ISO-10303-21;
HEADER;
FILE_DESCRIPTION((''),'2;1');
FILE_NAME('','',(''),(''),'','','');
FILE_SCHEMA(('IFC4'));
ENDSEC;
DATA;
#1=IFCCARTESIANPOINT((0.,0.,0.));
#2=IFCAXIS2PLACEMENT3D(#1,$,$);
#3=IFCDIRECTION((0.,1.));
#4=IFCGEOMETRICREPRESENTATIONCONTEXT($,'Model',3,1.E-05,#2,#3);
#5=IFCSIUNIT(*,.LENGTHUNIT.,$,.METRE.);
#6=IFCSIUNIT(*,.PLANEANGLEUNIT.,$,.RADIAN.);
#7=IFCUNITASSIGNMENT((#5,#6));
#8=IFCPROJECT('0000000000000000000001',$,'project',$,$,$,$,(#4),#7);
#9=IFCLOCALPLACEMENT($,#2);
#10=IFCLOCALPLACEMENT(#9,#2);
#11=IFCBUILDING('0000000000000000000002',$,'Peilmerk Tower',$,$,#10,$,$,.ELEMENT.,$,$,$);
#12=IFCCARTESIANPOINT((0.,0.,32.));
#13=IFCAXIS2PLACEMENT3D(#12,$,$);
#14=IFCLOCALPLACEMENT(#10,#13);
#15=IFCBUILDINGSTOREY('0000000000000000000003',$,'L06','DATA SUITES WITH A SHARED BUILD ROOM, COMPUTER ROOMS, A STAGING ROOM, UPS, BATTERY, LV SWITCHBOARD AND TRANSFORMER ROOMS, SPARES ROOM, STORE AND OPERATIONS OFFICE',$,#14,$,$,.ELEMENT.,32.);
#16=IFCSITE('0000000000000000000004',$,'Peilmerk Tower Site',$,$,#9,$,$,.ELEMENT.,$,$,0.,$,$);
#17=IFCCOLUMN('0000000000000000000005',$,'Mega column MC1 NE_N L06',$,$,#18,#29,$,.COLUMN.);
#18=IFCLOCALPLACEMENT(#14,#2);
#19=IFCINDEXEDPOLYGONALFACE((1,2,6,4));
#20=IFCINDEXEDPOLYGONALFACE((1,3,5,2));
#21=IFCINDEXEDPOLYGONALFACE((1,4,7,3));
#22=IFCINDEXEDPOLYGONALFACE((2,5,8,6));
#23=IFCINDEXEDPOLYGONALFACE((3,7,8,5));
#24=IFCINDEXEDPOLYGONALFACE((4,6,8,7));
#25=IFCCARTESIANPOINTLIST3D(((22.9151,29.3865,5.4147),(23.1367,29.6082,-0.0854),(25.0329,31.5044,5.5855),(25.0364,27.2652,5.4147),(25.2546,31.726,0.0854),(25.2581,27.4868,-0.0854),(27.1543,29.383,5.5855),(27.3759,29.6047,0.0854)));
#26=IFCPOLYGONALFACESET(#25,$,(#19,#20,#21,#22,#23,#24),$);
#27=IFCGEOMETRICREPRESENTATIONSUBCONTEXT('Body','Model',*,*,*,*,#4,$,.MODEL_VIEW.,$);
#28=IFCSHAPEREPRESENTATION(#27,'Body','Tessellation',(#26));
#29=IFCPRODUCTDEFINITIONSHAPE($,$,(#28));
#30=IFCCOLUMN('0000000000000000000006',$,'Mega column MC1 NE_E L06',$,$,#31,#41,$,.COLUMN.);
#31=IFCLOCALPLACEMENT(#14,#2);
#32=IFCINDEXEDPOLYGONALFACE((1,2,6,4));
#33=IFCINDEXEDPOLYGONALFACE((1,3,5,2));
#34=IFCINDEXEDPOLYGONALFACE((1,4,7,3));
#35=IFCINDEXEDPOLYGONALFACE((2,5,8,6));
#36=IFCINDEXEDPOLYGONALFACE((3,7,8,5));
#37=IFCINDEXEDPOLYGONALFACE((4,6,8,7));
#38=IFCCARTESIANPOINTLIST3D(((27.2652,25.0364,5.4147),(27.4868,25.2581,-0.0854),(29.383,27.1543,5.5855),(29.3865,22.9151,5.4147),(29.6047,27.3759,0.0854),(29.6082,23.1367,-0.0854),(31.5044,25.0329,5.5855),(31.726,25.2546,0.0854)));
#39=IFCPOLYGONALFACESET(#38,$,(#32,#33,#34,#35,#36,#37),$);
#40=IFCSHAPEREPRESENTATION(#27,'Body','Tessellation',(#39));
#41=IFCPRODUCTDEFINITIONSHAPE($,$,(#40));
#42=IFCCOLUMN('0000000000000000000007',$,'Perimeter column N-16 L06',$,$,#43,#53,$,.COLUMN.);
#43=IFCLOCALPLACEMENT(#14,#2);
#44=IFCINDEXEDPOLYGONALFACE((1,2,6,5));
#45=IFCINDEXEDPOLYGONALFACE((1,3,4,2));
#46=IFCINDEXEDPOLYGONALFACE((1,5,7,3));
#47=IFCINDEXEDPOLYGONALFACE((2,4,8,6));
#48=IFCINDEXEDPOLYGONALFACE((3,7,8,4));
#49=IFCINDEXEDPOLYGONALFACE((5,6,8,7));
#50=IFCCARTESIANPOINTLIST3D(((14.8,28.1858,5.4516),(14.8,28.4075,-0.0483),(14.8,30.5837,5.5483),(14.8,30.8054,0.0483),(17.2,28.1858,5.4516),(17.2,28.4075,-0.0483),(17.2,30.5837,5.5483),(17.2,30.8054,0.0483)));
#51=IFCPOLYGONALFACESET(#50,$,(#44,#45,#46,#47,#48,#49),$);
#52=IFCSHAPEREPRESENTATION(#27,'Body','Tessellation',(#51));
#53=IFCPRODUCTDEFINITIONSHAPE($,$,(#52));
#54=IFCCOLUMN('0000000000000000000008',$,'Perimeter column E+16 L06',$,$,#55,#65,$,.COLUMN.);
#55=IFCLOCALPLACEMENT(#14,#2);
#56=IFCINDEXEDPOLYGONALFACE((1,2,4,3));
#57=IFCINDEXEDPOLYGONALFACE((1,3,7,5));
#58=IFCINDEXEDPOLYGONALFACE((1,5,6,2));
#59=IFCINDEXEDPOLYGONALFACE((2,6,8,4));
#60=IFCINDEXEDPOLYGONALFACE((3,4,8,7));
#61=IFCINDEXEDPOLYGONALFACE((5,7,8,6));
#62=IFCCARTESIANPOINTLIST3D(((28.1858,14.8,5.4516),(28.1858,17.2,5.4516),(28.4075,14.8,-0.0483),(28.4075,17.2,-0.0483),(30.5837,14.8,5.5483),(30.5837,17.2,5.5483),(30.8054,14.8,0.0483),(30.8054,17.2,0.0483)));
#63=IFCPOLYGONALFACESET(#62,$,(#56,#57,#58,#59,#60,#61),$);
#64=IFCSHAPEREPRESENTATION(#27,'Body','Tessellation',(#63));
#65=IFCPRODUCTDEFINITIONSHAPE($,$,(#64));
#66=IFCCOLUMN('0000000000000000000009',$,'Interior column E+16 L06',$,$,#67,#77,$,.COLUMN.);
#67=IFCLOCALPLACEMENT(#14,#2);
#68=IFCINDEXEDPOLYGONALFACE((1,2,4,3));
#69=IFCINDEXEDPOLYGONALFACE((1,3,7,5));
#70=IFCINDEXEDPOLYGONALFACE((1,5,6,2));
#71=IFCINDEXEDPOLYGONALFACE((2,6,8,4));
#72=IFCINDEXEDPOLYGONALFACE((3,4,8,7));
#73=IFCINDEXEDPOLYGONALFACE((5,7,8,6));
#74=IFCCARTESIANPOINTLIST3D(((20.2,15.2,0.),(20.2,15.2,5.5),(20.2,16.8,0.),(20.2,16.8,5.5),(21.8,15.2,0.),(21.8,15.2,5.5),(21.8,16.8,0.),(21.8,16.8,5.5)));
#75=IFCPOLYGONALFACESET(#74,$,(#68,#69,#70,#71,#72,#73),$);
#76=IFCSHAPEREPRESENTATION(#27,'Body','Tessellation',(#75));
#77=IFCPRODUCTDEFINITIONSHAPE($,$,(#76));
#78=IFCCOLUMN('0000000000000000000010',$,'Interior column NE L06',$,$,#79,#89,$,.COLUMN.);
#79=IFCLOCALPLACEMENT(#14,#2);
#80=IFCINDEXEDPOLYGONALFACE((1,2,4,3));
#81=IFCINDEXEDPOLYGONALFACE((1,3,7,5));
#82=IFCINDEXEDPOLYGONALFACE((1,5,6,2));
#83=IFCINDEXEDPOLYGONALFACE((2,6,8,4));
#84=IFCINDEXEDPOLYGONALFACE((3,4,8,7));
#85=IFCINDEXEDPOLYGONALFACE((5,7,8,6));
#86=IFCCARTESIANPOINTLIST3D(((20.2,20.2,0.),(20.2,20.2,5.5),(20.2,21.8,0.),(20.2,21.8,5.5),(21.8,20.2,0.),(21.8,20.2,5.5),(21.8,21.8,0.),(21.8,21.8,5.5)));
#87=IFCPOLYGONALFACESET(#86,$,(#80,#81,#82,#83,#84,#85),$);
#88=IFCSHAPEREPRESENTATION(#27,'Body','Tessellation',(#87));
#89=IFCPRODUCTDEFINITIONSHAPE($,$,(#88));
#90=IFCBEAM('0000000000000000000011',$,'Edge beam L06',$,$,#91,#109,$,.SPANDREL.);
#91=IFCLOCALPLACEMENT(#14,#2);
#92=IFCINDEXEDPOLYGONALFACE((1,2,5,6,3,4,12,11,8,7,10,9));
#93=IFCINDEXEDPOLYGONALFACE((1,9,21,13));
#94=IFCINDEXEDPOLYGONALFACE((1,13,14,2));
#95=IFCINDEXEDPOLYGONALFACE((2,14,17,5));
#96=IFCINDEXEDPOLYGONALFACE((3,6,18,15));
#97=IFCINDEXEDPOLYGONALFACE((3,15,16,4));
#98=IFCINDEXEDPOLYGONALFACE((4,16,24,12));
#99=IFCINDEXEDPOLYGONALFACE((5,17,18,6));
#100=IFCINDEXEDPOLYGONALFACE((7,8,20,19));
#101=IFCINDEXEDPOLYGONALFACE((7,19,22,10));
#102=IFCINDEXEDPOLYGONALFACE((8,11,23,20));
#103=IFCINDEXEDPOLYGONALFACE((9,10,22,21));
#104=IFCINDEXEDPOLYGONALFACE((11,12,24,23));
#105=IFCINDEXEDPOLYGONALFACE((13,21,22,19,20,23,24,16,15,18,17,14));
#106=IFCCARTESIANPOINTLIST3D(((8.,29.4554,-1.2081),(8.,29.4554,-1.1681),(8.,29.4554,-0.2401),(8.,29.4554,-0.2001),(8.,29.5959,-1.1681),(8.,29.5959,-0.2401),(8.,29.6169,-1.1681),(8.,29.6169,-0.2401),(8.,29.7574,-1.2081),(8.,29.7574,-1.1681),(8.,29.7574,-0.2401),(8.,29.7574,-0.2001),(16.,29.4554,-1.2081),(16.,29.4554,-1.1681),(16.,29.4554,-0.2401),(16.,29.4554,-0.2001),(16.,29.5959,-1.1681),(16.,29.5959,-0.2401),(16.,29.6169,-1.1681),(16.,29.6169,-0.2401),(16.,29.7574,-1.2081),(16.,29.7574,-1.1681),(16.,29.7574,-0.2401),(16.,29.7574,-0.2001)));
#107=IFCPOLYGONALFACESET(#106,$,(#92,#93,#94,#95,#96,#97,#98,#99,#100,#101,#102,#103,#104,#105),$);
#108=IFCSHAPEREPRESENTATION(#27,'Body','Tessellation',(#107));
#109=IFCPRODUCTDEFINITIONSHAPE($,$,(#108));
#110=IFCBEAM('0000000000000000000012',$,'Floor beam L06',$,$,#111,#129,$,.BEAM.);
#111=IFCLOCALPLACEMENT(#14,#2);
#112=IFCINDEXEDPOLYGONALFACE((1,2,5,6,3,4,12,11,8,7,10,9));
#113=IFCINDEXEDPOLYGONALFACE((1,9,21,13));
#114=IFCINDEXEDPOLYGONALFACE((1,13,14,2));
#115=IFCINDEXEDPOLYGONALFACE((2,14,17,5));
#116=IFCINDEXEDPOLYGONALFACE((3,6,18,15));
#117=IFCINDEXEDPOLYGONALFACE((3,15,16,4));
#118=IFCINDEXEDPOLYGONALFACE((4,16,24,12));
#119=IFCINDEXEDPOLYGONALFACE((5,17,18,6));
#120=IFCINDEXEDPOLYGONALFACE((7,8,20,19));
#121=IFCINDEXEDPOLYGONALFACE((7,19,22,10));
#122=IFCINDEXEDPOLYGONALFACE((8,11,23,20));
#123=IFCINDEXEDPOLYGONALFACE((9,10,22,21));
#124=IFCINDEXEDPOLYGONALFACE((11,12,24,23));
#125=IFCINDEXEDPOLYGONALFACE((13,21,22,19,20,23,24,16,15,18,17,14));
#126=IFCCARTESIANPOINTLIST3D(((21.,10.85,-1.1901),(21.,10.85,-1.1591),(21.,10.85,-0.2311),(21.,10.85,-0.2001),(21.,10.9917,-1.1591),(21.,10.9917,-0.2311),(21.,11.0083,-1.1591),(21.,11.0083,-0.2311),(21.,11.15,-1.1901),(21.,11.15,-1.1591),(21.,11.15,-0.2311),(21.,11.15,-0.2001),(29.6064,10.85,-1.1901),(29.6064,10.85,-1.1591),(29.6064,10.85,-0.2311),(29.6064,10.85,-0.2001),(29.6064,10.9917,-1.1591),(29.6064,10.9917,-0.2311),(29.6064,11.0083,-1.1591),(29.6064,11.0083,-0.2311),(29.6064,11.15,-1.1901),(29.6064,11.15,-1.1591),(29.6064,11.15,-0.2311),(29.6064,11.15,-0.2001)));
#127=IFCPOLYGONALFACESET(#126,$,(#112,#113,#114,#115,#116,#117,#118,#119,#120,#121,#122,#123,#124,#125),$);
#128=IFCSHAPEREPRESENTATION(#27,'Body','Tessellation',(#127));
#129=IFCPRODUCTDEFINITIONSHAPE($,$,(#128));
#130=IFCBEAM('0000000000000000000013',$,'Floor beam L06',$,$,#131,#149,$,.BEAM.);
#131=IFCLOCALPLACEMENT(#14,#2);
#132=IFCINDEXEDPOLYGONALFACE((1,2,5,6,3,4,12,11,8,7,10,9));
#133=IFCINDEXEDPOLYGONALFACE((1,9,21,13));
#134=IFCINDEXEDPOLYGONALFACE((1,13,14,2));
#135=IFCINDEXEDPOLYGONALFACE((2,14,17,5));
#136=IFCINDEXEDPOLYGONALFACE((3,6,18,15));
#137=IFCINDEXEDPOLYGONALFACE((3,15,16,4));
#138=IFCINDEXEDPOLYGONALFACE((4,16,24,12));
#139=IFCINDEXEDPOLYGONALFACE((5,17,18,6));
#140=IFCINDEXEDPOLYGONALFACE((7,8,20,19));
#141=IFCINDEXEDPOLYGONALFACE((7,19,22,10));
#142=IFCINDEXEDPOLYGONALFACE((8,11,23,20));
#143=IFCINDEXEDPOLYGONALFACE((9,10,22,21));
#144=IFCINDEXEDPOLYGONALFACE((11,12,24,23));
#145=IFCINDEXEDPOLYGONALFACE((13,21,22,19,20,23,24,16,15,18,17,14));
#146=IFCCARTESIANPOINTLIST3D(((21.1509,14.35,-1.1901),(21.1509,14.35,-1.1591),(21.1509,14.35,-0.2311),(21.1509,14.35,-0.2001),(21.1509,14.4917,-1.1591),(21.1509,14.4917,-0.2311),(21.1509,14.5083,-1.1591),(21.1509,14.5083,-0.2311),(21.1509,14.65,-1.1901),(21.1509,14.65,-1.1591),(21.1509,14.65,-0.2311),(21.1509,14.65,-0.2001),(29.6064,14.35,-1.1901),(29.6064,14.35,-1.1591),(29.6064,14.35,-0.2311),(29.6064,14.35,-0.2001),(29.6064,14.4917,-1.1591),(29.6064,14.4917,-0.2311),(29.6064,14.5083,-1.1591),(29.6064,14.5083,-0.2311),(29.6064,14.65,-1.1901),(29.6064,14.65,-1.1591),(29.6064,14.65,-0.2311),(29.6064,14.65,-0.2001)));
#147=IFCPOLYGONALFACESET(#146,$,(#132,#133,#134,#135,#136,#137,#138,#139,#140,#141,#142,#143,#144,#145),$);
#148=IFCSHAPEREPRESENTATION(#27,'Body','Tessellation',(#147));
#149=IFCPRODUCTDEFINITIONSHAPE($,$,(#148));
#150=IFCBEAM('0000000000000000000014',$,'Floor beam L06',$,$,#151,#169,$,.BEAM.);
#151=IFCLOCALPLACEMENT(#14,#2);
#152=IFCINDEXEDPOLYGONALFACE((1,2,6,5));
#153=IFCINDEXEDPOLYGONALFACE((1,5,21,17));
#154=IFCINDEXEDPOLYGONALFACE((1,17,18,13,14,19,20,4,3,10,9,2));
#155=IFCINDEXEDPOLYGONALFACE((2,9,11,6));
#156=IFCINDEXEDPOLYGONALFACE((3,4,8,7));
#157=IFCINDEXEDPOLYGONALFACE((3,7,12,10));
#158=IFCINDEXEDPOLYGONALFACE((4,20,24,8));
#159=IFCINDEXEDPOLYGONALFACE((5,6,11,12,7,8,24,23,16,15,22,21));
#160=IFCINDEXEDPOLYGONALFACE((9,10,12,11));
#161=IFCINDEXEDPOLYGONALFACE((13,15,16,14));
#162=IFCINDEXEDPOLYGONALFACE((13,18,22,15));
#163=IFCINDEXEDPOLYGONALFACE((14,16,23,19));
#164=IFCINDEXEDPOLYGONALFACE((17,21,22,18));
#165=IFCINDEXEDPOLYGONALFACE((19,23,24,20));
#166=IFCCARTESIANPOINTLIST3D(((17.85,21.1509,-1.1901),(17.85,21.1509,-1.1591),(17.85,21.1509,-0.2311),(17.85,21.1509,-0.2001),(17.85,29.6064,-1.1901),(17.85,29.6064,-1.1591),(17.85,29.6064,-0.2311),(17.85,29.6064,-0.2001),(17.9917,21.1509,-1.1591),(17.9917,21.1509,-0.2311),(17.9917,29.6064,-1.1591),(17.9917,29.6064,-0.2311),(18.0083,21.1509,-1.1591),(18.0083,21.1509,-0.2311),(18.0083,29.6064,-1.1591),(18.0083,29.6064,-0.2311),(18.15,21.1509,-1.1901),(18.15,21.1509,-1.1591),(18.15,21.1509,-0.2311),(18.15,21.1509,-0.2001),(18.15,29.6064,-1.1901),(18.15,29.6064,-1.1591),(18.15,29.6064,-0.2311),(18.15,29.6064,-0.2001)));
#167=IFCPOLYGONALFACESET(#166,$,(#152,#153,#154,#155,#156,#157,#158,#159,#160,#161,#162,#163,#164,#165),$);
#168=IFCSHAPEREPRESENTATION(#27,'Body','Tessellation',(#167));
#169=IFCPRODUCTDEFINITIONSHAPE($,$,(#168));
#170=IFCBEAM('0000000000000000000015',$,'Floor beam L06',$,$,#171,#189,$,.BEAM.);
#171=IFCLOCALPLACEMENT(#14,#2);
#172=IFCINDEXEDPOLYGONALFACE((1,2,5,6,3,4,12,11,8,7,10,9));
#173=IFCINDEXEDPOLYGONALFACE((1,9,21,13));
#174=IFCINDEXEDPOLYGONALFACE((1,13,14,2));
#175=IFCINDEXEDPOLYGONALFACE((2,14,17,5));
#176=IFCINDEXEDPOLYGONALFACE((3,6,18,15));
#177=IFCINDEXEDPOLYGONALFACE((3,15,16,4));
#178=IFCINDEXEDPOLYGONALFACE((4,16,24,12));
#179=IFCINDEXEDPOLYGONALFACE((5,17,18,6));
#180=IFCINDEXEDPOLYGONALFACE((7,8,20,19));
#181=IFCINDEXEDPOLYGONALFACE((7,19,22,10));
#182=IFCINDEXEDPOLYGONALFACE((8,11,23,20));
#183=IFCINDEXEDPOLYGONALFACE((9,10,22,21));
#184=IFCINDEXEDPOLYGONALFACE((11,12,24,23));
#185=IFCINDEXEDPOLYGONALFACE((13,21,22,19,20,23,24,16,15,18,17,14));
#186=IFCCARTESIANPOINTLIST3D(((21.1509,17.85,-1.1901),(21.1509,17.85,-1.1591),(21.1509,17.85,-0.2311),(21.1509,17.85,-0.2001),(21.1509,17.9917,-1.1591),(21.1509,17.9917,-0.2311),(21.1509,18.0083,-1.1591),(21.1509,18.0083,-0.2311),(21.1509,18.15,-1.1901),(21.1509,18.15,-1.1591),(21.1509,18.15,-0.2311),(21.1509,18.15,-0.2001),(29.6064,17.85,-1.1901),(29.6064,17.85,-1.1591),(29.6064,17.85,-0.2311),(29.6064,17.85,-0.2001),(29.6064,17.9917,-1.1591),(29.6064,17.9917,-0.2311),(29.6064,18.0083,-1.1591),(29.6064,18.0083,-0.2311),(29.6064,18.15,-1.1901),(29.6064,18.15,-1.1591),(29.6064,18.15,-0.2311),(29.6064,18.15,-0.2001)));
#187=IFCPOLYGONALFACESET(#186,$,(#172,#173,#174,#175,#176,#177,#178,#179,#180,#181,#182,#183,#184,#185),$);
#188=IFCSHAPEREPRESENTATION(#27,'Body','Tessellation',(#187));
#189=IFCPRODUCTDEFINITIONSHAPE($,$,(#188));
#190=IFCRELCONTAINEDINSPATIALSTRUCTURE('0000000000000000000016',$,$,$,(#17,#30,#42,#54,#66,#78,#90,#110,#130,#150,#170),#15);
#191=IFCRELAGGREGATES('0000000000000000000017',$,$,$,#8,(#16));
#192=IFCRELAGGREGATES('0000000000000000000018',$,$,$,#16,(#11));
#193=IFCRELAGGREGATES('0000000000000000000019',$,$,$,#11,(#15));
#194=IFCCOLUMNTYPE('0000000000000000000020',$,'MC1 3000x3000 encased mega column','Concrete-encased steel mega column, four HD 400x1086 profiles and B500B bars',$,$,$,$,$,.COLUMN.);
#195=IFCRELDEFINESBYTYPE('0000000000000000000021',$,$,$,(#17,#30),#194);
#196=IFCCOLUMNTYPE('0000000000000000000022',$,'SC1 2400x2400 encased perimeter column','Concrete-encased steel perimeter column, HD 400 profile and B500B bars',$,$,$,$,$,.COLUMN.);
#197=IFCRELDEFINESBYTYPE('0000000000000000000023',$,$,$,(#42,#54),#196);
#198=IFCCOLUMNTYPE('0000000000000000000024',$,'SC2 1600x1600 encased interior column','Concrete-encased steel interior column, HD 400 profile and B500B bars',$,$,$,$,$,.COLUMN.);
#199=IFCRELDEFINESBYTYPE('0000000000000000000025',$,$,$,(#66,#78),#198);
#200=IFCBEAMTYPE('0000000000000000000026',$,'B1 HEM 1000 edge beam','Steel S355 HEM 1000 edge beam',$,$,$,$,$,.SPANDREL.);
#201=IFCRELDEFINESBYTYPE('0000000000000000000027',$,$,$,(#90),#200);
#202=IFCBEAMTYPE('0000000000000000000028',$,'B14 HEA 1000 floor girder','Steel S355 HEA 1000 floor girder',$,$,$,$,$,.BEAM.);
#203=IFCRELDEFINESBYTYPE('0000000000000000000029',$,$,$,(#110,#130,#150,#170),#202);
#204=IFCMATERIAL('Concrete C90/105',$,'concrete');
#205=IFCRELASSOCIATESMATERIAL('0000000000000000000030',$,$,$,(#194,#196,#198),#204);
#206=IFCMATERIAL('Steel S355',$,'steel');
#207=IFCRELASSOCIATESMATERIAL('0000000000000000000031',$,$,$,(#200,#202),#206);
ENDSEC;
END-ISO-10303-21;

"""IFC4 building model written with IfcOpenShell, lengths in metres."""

from ifc_helpers import new_model, si_unit, direction, frame, origin, origin_2d, place, context, subcontext, project, spatial, rectangle, i_section, extrude, material, material_profile, profile_set, type_object, element, save


model = new_model("IFC4")

# Units and contexts
model_context = context("Model", 3, precision=1e-05, world=origin(), true_north=direction((0.0, 1.0)))
body_context = subcontext(model_context, "Body", "Model", "MODEL_VIEW")
ifc_project = project(units=[si_unit("LENGTHUNIT", "METRE"), si_unit("PLANEANGLEUNIT", "RADIAN")], contexts=[model_context])

# Site, building, storey
site_placement = place(None, origin())
site = spatial("IfcSite", under=ifc_project, at=site_placement, Name="Peilmerk Tower Site", CompositionType="ELEMENT", RefElevation=0.0)
building_placement = place(site_placement, origin())
building = spatial("IfcBuilding", under=site, at=building_placement, Name="Peilmerk Tower", CompositionType="ELEMENT")
storey_placement = place(building_placement, frame((0.0, 0.0, 32.0)))
storey = spatial("IfcBuildingStorey", under=building, at=storey_placement, Name="L06", Description="DATA SUITES WITH A SHARED BUILD ROOM, COMPUTER ROOMS, A STAGING ROOM, UPS, BATTERY, LV SWITCHBOARD AND TRANSFORMER ROOMS, SPARES ROOM, STORE AND OPERATIONS OFFICE", CompositionType="ELEMENT", Elevation=32.0)

# Columns
ifc_material_1 = material(Name="Concrete C90/105", Category="concrete")
ifc_material_profile_1 = material_profile(ifc_material_1, rectangle(XDim=3.0, YDim=3.0, at=origin_2d()), Name="RC 3000x3000")
ifc_profile_set_1 = profile_set([ifc_material_profile_1], Name="Concrete C90/105")
column_type_1 = type_object("IfcColumnType", Name="MC1 3000x3000 encased mega column", Description="Concrete-encased steel mega column, four HD 400x1086 profiles and B500B bars", PredefinedType="COLUMN", material=ifc_profile_set_1)
for number, where, z_axis, x_axis, name in (
    (1, (25.2563, 29.6064, 0.0), (-0.04024, -0.04024, 0.998379), (0.707107, -0.707107, 0.0), "Mega column MC1 NE_N L06"),
    (2, (29.6064, 25.2563, 0.0), (-0.04024, -0.04024, 0.998379), (0.707107, -0.707107, 0.0), "Mega column MC1 NE_E L06"),
):
    element("IfcColumn", number, at=place(storey_placement, frame(where, z_axis=z_axis, x_axis=x_axis)), inside=storey, type_object=column_type_1, Name=name, PredefinedType="COLUMN", context=body_context, shape_type="SweptSolid", body=[
        extrude(rectangle(XDim=3.0, YDim=3.0, at=origin_2d()), origin(), (0.0, 0.0, 1.0), 5.509),
    ])
ifc_material_profile_2 = material_profile(ifc_material_1, rectangle(XDim=2.3999, YDim=2.3999, at=origin_2d()), Name="RC 2400x2400")
ifc_profile_set_2 = profile_set([ifc_material_profile_2], Name="Concrete C90/105")
column_type_2 = type_object("IfcColumnType", Name="SC1 2400x2400 encased perimeter column", Description="Concrete-encased steel perimeter column, HD 400 profile and B500B bars", PredefinedType="COLUMN", material=ifc_profile_set_2)
for number, where, z_axis, x_axis, name in (
    (3, (16.0, 29.6064, 0.0), (0.0, -0.040273, 0.999189), (1.0, 0.0, 0.0), "Perimeter column N-16 L06"),
    (4, (29.6064, 16.0, 0.0), (-0.040273, 0.0, 0.999189), (0.0, -1.0, 0.0), "Perimeter column E+16 L06"),
):
    element("IfcColumn", number, at=place(storey_placement, frame(where, z_axis=z_axis, x_axis=x_axis)), inside=storey, type_object=column_type_2, Name=name, PredefinedType="COLUMN", context=body_context, shape_type="SweptSolid", body=[
        extrude(rectangle(XDim=2.3999, YDim=2.3999, at=origin_2d()), origin(), (0.0, 0.0, 1.0), 5.5044),
    ])
ifc_material_profile_3 = material_profile(ifc_material_1, rectangle(XDim=1.6001, YDim=1.6001, at=origin_2d()), Name="RC 1600x1600")
ifc_profile_set_3 = profile_set([ifc_material_profile_3], Name="Concrete C90/105")
column_type_3 = type_object("IfcColumnType", Name="SC2 1600x1600 encased interior column", Description="Concrete-encased steel interior column, HD 400 profile and B500B bars", PredefinedType="COLUMN", material=ifc_profile_set_3)
for number, where, z_axis, x_axis, name in (
    (5, (21.0, 16.0, 0.0), (0.0, 0.0, 1.0), (1.0, 0.0, 0.0), "Interior column E+16 L06"),
    (6, (21.0, 21.0, 0.0), (0.0, 0.0, 1.0), (1.0, 0.0, 0.0), "Interior column NE L06"),
):
    element("IfcColumn", number, at=place(storey_placement, frame(where, z_axis=z_axis, x_axis=x_axis)), inside=storey, type_object=column_type_3, Name=name, PredefinedType="COLUMN", context=body_context, shape_type="SweptSolid", body=[
        extrude(rectangle(XDim=1.6001, YDim=1.6001, at=origin_2d()), origin(), (0.0, 0.0, 1.0), 5.5),
    ])

# Beams
ifc_material_2 = material(Name="Steel S355", Category="steel")
ifc_material_profile_4 = material_profile(ifc_material_2, i_section(OverallWidth=0.302, OverallDepth=1.0081, WebThickness=0.021, FlangeThickness=0.04, at=origin_2d()), Name="HEM 1000")
ifc_profile_set_4 = profile_set([ifc_material_profile_4], Name="Steel S355")
beam_type_1 = type_object("IfcBeamType", Name="B1 HEM 1000 edge beam", Description="Steel S355 HEM 1000 edge beam", PredefinedType="SPANDREL", material=ifc_profile_set_4)
beam_1_placement = place(storey_placement, frame((16.0, 29.6064, -0.7041), z_axis=(-1.0, 0.0, 0.0), x_axis=(0.0, -1.0, 0.0)))
element("IfcBeam", 7, at=beam_1_placement, inside=storey, type_object=beam_type_1, Name="Edge beam L06", PredefinedType="SPANDREL", context=body_context, shape_type="SweptSolid", body=[
    extrude(i_section(OverallWidth=0.302, OverallDepth=1.0081, WebThickness=0.021, FlangeThickness=0.04, at=origin_2d()), origin(), (0.0, 0.0, 1.0), 8.0),
])
ifc_material_profile_5 = material_profile(ifc_material_2, i_section(OverallWidth=0.3, OverallDepth=0.99, WebThickness=0.0166, FlangeThickness=0.031, at=origin_2d()), Name="HEA 1000")
ifc_profile_set_5 = profile_set([ifc_material_profile_5], Name="Steel S355")
beam_type_2 = type_object("IfcBeamType", Name="B14 HEA 1000 floor girder", Description="Steel S355 HEA 1000 floor girder", PredefinedType="BEAM", material=ifc_profile_set_5)
beam_2_placement = place(storey_placement, frame((21.0, 11.0, -0.6951), z_axis=(1.0, 0.0, 0.0), x_axis=(0.0, 1.0, 0.0)))
element("IfcBeam", 8, at=beam_2_placement, inside=storey, type_object=beam_type_2, Name="Floor beam L06", PredefinedType="BEAM", context=body_context, shape_type="SweptSolid", body=[
    extrude(i_section(OverallWidth=0.3, OverallDepth=0.99, WebThickness=0.0166, FlangeThickness=0.031, at=origin_2d()), origin(), (0.0, 0.0, 1.0), 8.6064),
])
for number, where, z_axis, x_axis, name in (
    (9, (21.1509, 14.5, -0.6951), (1.0, 0.0, 0.0), (0.0, 1.0, 0.0), "Floor beam L06"),
    (10, (18.0, 21.1509, -0.6951), (0.0, 1.0, 0.0), (-1.0, 0.0, 0.0), "Floor beam L06"),
    (11, (21.1509, 18.0, -0.6951), (1.0, 0.0, 0.0), (0.0, 1.0, 0.0), "Floor beam L06"),
):
    element("IfcBeam", number, at=place(storey_placement, frame(where, z_axis=z_axis, x_axis=x_axis)), inside=storey, type_object=beam_type_2, Name=name, PredefinedType="BEAM", context=body_context, shape_type="SweptSolid", body=[
        extrude(i_section(OverallWidth=0.3, OverallDepth=0.99, WebThickness=0.0166, FlangeThickness=0.031, at=origin_2d()), origin(), (0.0, 0.0, 1.0), 8.4556),
    ])

save(model, "model.ifc")
